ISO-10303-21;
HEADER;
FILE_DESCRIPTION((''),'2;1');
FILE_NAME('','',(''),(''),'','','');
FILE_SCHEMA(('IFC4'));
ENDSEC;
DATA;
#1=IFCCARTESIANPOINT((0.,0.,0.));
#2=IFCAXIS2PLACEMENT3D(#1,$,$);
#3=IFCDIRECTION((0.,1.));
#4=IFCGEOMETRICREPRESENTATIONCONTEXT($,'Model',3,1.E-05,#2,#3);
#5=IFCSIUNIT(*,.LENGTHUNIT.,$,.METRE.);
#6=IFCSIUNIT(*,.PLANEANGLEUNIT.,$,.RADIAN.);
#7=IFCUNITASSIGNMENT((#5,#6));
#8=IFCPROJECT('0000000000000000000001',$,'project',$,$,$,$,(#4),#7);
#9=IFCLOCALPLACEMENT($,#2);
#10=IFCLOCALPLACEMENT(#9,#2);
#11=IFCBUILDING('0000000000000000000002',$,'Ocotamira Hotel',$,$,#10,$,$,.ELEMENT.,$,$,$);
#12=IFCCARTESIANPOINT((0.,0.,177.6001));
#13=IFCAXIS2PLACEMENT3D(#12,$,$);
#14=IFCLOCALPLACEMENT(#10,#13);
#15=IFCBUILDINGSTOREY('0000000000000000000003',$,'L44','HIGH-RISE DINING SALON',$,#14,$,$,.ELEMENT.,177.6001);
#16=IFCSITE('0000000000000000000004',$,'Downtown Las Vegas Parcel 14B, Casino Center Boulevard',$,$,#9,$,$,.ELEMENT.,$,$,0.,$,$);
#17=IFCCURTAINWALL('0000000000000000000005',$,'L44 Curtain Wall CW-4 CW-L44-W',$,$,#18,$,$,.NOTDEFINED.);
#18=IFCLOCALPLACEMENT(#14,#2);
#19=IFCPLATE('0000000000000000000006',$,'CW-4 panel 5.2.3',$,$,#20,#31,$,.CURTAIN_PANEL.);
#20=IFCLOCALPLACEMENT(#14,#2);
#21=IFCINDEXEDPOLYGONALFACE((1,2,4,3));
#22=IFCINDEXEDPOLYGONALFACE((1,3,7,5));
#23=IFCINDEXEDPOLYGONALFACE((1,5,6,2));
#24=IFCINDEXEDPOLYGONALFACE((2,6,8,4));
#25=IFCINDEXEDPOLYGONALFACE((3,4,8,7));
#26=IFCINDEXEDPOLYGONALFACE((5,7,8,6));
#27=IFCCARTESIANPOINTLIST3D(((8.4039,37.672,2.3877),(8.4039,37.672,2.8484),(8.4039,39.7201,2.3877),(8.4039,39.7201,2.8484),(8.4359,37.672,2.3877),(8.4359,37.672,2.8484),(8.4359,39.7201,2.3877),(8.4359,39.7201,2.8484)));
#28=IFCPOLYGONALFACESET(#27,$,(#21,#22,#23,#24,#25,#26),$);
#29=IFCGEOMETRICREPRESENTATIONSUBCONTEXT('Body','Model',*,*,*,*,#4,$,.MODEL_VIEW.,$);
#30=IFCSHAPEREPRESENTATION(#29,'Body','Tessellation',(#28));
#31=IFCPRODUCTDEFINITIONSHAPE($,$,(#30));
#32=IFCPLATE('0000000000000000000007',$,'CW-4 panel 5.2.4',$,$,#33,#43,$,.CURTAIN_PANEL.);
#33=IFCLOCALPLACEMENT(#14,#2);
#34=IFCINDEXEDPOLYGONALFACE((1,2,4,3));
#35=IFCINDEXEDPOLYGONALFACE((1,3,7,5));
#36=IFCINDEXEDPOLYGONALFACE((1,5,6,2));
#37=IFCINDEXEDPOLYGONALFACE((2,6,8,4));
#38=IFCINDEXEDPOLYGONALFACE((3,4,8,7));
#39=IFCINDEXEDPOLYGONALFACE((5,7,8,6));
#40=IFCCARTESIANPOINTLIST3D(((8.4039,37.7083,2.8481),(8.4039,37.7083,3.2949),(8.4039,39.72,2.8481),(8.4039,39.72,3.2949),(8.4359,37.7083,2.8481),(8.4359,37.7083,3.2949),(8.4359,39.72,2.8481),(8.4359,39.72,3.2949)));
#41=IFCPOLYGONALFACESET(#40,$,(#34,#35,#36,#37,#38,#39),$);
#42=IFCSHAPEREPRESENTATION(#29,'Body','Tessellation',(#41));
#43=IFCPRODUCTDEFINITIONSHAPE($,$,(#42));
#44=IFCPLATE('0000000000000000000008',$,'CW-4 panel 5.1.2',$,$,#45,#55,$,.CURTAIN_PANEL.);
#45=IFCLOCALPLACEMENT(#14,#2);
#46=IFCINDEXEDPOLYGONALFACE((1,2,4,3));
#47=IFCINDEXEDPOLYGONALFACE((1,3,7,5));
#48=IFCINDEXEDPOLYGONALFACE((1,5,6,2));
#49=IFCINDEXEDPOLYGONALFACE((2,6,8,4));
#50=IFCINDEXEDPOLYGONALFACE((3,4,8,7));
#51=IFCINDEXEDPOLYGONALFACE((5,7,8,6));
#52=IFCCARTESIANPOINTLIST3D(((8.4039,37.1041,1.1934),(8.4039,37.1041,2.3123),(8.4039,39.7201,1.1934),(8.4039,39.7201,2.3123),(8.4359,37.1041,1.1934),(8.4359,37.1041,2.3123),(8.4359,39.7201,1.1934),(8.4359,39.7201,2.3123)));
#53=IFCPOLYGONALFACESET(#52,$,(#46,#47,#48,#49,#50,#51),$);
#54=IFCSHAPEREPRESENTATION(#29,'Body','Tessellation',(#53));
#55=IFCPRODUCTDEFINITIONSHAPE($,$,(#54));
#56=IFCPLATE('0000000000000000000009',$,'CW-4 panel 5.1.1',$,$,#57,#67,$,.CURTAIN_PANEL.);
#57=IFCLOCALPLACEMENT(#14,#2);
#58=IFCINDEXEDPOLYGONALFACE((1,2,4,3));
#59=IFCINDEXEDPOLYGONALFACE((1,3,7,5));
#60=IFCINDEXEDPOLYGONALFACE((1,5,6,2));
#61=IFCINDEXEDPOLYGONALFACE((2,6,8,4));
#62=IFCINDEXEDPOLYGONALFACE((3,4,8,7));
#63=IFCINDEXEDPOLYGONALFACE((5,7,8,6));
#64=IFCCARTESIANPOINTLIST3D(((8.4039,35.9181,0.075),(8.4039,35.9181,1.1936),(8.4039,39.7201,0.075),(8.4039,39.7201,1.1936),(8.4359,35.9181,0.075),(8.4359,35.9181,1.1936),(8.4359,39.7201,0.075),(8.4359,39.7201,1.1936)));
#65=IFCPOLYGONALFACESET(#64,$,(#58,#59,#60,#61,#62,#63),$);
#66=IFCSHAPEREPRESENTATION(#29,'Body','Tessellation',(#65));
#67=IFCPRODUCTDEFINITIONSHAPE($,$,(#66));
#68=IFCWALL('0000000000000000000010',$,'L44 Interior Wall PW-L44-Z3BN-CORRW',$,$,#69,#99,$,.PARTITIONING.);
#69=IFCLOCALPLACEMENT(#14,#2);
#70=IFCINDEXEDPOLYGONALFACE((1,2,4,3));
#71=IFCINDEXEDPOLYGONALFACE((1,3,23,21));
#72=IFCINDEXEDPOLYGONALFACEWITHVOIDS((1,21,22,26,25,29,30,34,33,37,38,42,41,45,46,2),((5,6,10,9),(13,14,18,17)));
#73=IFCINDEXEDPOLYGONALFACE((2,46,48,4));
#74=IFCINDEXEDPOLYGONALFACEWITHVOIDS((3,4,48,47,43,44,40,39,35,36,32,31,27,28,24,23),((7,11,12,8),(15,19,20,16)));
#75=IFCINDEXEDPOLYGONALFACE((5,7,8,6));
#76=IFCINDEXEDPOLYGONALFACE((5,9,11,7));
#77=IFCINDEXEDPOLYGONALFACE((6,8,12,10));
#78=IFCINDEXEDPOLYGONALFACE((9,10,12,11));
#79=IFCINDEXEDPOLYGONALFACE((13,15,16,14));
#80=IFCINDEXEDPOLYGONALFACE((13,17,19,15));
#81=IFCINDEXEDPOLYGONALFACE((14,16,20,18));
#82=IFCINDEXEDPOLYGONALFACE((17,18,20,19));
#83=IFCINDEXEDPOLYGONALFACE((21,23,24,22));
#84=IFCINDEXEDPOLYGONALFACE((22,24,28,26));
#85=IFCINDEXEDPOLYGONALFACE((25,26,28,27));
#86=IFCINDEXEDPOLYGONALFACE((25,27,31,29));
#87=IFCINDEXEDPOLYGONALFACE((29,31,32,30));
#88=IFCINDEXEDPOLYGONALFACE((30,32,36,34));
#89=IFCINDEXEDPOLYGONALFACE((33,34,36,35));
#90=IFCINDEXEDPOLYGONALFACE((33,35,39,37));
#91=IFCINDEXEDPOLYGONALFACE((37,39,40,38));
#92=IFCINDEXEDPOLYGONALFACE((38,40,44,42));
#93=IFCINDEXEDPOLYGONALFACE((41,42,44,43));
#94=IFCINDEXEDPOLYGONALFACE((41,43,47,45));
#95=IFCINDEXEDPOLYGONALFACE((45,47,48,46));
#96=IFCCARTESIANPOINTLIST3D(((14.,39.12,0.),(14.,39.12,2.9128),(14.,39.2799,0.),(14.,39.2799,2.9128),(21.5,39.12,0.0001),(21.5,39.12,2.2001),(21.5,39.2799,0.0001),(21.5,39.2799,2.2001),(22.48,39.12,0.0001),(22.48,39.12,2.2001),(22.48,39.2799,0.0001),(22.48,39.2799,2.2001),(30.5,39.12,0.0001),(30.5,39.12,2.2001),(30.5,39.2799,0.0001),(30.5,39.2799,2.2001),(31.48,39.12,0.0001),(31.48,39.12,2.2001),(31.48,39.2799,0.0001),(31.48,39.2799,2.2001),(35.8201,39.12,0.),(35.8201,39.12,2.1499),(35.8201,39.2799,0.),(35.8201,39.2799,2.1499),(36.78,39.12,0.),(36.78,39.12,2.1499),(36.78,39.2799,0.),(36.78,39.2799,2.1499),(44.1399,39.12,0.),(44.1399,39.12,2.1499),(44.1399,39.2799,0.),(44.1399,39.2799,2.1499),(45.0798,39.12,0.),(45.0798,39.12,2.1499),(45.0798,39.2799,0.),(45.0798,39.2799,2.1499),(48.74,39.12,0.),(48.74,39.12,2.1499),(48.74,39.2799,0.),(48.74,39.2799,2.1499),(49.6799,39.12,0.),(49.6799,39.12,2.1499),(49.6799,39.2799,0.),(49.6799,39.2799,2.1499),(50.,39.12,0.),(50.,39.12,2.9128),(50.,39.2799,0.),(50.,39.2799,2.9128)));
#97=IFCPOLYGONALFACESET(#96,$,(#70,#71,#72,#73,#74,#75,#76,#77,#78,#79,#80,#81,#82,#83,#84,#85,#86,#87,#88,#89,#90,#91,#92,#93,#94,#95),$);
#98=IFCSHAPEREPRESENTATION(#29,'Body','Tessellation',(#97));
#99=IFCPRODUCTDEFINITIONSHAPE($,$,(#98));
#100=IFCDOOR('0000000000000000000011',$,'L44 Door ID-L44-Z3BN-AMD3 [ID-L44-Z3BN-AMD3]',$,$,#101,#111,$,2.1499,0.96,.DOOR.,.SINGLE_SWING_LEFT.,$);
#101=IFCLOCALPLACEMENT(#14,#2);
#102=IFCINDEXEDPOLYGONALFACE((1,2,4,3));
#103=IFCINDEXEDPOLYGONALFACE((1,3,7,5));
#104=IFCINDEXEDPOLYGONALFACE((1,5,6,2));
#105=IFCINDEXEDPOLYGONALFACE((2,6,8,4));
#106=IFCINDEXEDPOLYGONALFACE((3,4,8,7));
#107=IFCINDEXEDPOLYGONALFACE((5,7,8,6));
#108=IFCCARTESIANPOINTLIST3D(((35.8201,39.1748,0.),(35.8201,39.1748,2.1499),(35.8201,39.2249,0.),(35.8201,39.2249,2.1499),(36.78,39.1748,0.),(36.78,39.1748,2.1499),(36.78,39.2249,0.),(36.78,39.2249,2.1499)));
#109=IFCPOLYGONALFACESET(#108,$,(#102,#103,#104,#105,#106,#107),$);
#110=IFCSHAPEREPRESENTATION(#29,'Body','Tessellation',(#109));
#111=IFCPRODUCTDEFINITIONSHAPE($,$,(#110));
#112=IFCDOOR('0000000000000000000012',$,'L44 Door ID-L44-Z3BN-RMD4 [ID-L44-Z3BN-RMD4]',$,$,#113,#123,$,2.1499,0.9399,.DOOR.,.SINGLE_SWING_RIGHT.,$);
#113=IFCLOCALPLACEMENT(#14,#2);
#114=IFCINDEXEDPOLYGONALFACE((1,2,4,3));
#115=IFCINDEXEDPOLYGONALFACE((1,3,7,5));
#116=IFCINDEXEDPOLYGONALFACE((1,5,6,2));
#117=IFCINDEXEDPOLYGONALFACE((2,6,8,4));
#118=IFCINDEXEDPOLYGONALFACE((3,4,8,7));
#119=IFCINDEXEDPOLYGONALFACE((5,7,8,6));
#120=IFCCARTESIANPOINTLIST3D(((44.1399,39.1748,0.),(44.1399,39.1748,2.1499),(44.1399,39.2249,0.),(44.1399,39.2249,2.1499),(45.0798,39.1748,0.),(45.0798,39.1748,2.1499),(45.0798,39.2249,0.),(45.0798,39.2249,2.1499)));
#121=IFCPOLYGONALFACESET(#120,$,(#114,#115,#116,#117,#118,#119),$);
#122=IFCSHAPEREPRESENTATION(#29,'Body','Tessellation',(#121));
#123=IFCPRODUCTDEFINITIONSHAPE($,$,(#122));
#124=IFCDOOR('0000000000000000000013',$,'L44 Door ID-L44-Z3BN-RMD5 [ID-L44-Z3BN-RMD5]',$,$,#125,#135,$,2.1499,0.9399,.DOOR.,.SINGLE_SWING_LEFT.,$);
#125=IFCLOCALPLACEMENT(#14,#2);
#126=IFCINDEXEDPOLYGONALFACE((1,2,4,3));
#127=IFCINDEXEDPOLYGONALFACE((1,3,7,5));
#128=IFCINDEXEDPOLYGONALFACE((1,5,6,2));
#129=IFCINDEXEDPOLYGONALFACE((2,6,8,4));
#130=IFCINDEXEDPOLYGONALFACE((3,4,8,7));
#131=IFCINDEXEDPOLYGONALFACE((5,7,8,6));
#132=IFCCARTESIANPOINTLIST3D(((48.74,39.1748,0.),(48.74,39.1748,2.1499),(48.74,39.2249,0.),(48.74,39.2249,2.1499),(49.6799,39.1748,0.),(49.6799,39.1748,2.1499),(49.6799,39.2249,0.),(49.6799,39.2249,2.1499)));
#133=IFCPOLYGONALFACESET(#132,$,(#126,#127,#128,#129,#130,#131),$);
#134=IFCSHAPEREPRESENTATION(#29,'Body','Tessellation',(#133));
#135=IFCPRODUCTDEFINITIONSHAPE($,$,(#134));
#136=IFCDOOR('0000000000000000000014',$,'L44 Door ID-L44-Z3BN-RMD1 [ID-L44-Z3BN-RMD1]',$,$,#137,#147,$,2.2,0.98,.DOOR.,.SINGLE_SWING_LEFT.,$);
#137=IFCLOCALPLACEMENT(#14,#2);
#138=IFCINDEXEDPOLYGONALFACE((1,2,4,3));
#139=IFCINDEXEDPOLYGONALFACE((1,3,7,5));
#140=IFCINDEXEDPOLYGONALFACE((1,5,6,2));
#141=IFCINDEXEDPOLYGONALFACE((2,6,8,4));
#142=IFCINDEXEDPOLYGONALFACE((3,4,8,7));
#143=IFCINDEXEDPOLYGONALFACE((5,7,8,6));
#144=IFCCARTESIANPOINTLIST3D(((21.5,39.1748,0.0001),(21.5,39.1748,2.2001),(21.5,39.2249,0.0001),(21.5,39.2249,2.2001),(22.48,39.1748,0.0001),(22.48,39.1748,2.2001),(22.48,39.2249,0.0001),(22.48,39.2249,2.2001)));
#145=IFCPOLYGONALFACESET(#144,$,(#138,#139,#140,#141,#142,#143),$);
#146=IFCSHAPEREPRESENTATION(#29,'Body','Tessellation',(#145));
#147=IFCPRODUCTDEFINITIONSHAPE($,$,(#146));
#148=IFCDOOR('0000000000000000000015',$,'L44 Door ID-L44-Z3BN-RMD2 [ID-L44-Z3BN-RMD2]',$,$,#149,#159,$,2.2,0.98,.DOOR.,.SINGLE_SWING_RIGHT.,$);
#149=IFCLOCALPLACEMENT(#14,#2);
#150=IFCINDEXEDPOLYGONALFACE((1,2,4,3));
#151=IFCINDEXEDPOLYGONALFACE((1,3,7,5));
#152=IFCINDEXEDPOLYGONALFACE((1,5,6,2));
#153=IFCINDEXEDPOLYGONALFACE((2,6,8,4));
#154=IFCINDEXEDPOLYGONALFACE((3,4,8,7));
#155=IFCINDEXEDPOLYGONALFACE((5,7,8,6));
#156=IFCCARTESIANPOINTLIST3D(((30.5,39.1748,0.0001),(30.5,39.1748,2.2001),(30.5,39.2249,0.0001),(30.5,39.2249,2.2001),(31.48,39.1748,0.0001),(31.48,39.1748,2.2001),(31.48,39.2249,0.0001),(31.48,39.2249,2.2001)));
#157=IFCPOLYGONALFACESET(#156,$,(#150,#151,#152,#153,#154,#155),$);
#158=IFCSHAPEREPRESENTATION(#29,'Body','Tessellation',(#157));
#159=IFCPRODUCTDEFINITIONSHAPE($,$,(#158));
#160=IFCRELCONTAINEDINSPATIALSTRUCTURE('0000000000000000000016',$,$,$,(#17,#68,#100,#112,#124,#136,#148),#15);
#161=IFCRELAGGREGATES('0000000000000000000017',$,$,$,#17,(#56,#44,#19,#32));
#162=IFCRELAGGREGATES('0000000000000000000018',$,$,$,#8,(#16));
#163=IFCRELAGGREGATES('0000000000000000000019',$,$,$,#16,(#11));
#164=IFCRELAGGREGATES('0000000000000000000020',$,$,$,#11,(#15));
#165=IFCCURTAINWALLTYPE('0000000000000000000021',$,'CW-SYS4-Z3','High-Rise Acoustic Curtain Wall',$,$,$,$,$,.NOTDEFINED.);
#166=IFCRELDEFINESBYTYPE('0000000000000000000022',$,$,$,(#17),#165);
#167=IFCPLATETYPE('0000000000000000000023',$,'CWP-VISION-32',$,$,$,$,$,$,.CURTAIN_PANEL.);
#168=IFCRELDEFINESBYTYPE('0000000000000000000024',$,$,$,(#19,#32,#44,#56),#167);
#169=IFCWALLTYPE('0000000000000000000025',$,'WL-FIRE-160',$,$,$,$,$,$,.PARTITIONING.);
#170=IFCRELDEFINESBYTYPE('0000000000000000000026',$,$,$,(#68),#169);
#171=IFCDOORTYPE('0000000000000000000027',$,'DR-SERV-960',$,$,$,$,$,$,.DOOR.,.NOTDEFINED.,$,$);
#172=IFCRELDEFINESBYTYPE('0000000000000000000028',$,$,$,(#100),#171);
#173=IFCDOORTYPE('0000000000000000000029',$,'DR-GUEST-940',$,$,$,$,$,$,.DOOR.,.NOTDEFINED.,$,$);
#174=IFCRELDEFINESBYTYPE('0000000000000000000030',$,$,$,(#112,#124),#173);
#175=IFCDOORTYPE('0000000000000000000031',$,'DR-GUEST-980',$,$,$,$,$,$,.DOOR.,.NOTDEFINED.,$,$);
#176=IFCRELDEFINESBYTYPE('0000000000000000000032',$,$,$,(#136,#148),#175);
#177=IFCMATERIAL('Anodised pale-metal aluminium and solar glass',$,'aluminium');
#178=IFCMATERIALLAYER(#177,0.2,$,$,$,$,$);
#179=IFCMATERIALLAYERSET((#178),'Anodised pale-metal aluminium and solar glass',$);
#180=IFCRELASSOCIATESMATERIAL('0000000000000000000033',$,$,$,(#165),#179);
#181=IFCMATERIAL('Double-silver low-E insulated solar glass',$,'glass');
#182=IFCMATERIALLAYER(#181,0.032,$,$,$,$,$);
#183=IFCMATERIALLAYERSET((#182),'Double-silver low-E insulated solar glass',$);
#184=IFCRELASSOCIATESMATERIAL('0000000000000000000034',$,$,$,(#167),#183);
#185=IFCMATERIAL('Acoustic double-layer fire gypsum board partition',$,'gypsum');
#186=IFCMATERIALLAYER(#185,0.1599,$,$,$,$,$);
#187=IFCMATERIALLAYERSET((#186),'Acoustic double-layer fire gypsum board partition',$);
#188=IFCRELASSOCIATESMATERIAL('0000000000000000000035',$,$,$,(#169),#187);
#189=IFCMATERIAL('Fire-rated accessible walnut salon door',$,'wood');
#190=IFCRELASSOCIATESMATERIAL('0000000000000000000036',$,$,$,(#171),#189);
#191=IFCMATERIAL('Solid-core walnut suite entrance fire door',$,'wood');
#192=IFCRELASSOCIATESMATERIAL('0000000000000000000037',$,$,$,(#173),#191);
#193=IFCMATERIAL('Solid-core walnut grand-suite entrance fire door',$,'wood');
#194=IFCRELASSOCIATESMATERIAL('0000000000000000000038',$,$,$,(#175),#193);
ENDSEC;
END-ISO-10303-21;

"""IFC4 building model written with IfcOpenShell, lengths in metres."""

from ifc_helpers import new_model, si_unit, direction, frame, frame_2d, origin, origin_2d, place, context, subcontext, project, spatial, rectangle, extrude, source, transform, mapped, material, layer, layer_set, type_object, element, fill, aggregate, save


model = new_model("IFC4")

# Units and contexts
model_context = context("Model", 3, precision=1e-05, world=origin(), true_north=direction((0.0, 1.0)))
body_context = subcontext(model_context, "Body", "Model", "MODEL_VIEW")
ifc_project = project(units=[si_unit("LENGTHUNIT", "METRE"), si_unit("PLANEANGLEUNIT", "RADIAN")], contexts=[model_context])

# Site, building, storey
site_placement = place(None, origin())
site = spatial("IfcSite", under=ifc_project, at=site_placement, Name="Downtown Las Vegas Parcel 14B, Casino Center Boulevard", CompositionType="ELEMENT", RefElevation=0.0)
building_placement = place(site_placement, origin())
building = spatial("IfcBuilding", under=site, at=building_placement, Name="Ocotamira Hotel", CompositionType="ELEMENT")
storey_placement = place(building_placement, frame((0.0, 0.0, 177.6001)))
storey = spatial("IfcBuildingStorey", under=building, at=storey_placement, Name="L44", Description="HIGH-RISE DINING SALON", CompositionType="ELEMENT", Elevation=177.6001)

# Curtain wall
ifc_material_1 = material(Name="Anodised pale-metal aluminium and solar glass", Category="aluminium")
ifc_layer_1 = layer(ifc_material_1, 0.2)
ifc_layer_set_1 = layer_set([ifc_layer_1], Name="Anodised pale-metal aluminium and solar glass")
curtain_wall_type = type_object("IfcCurtainWallType", Name="CW-SYS4-Z3", Description="High-Rise Acoustic Curtain Wall", PredefinedType="NOTDEFINED", material=ifc_layer_set_1)
curtain_wall_placement = place(storey_placement, origin())
curtain_wall = element("IfcCurtainWall", 1, at=curtain_wall_placement, inside=storey, type_object=curtain_wall_type, Name="L44 Curtain Wall CW-4 CW-L44-W", PredefinedType="NOTDEFINED")

# Plates
ifc_material_2 = material(Name="Double-silver low-E insulated solar glass", Category="glass")
ifc_layer_2 = layer(ifc_material_2, 0.032)
ifc_layer_set_2 = layer_set([ifc_layer_2], Name="Double-silver low-E insulated solar glass")
plate_type_1 = type_object("IfcPlateType", Name="CWP-VISION-32", PredefinedType="CURTAIN_PANEL", material=ifc_layer_set_2)
shared_shape_1 = source(origin(), body_context, "Body", "SweptSolid", [
    extrude(rectangle(XDim=2.0481, YDim=0.032, at=origin_2d()), origin(), (0.0, 0.0, 1.0), 0.4607),
])
plate_1_placement = place(storey_placement, frame((8.4199, 38.696, 2.3877), z_axis=(0.0, 0.0, 1.0), x_axis=(0.0, 1.0, 0.0)))
plate_1 = element("IfcPlate", 2, at=plate_1_placement, type_object=plate_type_1, Name="CW-4 panel 5.2.3", PredefinedType="CURTAIN_PANEL", context=body_context, shape_type="MappedRepresentation", body=[
    mapped(shared_shape_1, transform((0.0, 0.0, 0.0), scale=1.0)),
])
shared_shape_2 = source(origin(), body_context, "Body", "SweptSolid", [
    extrude(rectangle(XDim=2.0117, YDim=0.032, at=origin_2d()), origin(), (0.0, 0.0, 1.0), 0.4468),
])
plate_2_placement = place(storey_placement, frame((8.4199, 38.7141, 2.8481), z_axis=(0.0, 0.0, 1.0), x_axis=(0.0, 1.0, 0.0)))
plate_2 = element("IfcPlate", 3, at=plate_2_placement, type_object=plate_type_1, Name="CW-4 panel 5.2.4", PredefinedType="CURTAIN_PANEL", context=body_context, shape_type="MappedRepresentation", body=[
    mapped(shared_shape_2, transform((0.0, 0.0, 0.0), scale=1.0)),
])
shared_shape_3 = source(origin(), body_context, "Body", "SweptSolid", [
    extrude(rectangle(XDim=2.616, YDim=0.032, at=origin_2d()), origin(), (0.0, 0.0, 1.0), 1.1189),
])
plate_3_placement = place(storey_placement, frame((8.4199, 38.4121, 1.1934), z_axis=(0.0, 0.0, 1.0), x_axis=(0.0, 1.0, 0.0)))
plate_3 = element("IfcPlate", 4, at=plate_3_placement, type_object=plate_type_1, Name="CW-4 panel 5.1.2", PredefinedType="CURTAIN_PANEL", context=body_context, shape_type="MappedRepresentation", body=[
    mapped(shared_shape_3, transform((0.0, 0.0, 0.0), scale=1.0)),
])
shared_shape_4 = source(origin(), body_context, "Body", "SweptSolid", [
    extrude(rectangle(XDim=3.802, YDim=0.032, at=origin_2d()), origin(), (0.0, 0.0, 1.0), 1.1187),
])
plate_4_placement = place(storey_placement, frame((8.4199, 37.8191, 0.075), z_axis=(0.0, 0.0, 1.0), x_axis=(0.0, 1.0, 0.0)))
plate_4 = element("IfcPlate", 5, at=plate_4_placement, type_object=plate_type_1, Name="CW-4 panel 5.1.1", PredefinedType="CURTAIN_PANEL", context=body_context, shape_type="MappedRepresentation", body=[
    mapped(shared_shape_4, transform((0.0, 0.0, 0.0), scale=1.0)),
])
aggregate(curtain_wall, [plate_4, plate_3, plate_1, plate_2])

# Shared definitions
ifc_material_3 = material(Name="Acoustic double-layer fire gypsum board partition", Category="gypsum")
ifc_layer_3 = layer(ifc_material_3, 0.1599)
ifc_layer_set_3 = layer_set([ifc_layer_3], Name="Acoustic double-layer fire gypsum board partition")
wall_type_1 = type_object("IfcWallType", Name="WL-FIRE-160", PredefinedType="PARTITIONING", material=ifc_layer_set_3)
ifc_material_4 = material(Name="Fire-rated accessible walnut salon door", Category="wood")
door_type_1 = type_object("IfcDoorType", Name="DR-SERV-960", OperationType="NOTDEFINED", PredefinedType="DOOR", material=ifc_material_4)
shared_shape_5 = source(origin(), body_context, "Body", "SweptSolid", [
    extrude(rectangle(XDim=0.96, YDim=2.1499, at=frame_2d((0.48, 1.075))), frame((0.0, 0.0249, 0.0), z_axis=(0.0, -1.0, 0.0), x_axis=(1.0, 0.0, 0.0)), (0.0, 0.0, 1.0), 0.05),
])

# Wall, openings, doors
wall_1_placement = place(storey_placement, frame((14.0, 39.2, 0.0), z_axis=(0.0, 0.0, 1.0), x_axis=(1.0, 0.0, 0.0)))
wall_1 = element("IfcWall", 6, at=wall_1_placement, inside=storey, type_object=wall_type_1, Name="L44 Interior Wall PW-L44-Z3BN-CORRW", PredefinedType="PARTITIONING", context=body_context, shape_type="SweptSolid", body=[
    extrude(rectangle(XDim=36.0, YDim=0.1599, at=frame_2d((18.0, 0.0))), origin(), (0.0, 0.0, 1.0), 2.9128),
])
opening_1_placement = place(wall_1_placement, frame((7.5, 0.0, 0.0)))
opening_1 = element("IfcOpeningElement", 7, at=opening_1_placement, cuts=wall_1, PredefinedType="OPENING", context=body_context, shape_type="SweptSolid", body=[
    extrude(rectangle(XDim=0.98, YDim=2.2, at=frame_2d((0.49, 1.1001))), frame((0.0, 0.0898, 0.0), z_axis=(0.0, -1.0, 0.0), x_axis=(1.0, 0.0, 0.0)), (0.0, 0.0, 1.0), 0.1799),
])
opening_2_placement = place(wall_1_placement, frame((16.5, 0.0, 0.0)))
opening_2 = element("IfcOpeningElement", 8, at=opening_2_placement, cuts=wall_1, PredefinedType="OPENING", context=body_context, shape_type="SweptSolid", body=[
    extrude(rectangle(XDim=0.98, YDim=2.2, at=frame_2d((0.49, 1.1001))), frame((0.0, 0.0898, 0.0), z_axis=(0.0, -1.0, 0.0), x_axis=(1.0, 0.0, 0.0)), (0.0, 0.0, 1.0), 0.1799),
])
opening_3_placement = place(wall_1_placement, frame((21.8201, 0.0, 0.0)))
opening_3 = element("IfcOpeningElement", 9, at=opening_3_placement, cuts=wall_1, PredefinedType="OPENING", context=body_context, shape_type="SweptSolid", body=[
    extrude(rectangle(XDim=0.96, YDim=2.1499, at=frame_2d((0.48, 1.075))), frame((0.0, 0.0898, 0.0), z_axis=(0.0, -1.0, 0.0), x_axis=(1.0, 0.0, 0.0)), (0.0, 0.0, 1.0), 0.1799),
])
opening_4_placement = place(wall_1_placement, frame((30.1399, 0.0, 0.0)))
opening_4 = element("IfcOpeningElement", 10, at=opening_4_placement, cuts=wall_1, PredefinedType="OPENING", context=body_context, shape_type="SweptSolid", body=[
    extrude(rectangle(XDim=0.9399, YDim=2.1499, at=frame_2d((0.47, 1.075))), frame((0.0, 0.0898, 0.0), z_axis=(0.0, -1.0, 0.0), x_axis=(1.0, 0.0, 0.0)), (0.0, 0.0, 1.0), 0.1799),
])
opening_5_placement = place(wall_1_placement, frame((34.74, 0.0, 0.0)))
opening_5 = element("IfcOpeningElement", 11, at=opening_5_placement, cuts=wall_1, PredefinedType="OPENING", context=body_context, shape_type="SweptSolid", body=[
    extrude(rectangle(XDim=0.9399, YDim=2.1499, at=frame_2d((0.47, 1.075))), frame((0.0, 0.0898, 0.0), z_axis=(0.0, -1.0, 0.0), x_axis=(1.0, 0.0, 0.0)), (0.0, 0.0, 1.0), 0.1799),
])
door_1_placement = place(opening_3_placement, origin())
door_1 = element("IfcDoor", 12, at=door_1_placement, inside=storey, type_object=door_type_1, Name="L44 Door ID-L44-Z3BN-AMD3 [ID-L44-Z3BN-AMD3]", OperationType="SINGLE_SWING_LEFT", OverallHeight=2.1499, OverallWidth=0.96, PredefinedType="DOOR", context=body_context, shape_type="MappedRepresentation", body=[
    mapped(shared_shape_5, transform((0.0, 0.0, 0.0), scale=1.0)),
])
fill(opening_3, door_1)
ifc_material_5 = material(Name="Solid-core walnut suite entrance fire door", Category="wood")
door_type_2 = type_object("IfcDoorType", Name="DR-GUEST-940", OperationType="NOTDEFINED", PredefinedType="DOOR", material=ifc_material_5)
shared_shape_6 = source(origin(), body_context, "Body", "SweptSolid", [
    extrude(rectangle(XDim=0.9399, YDim=2.1499, at=frame_2d((0.47, 1.075))), frame((0.0, 0.0249, 0.0), z_axis=(0.0, -1.0, 0.0), x_axis=(1.0, 0.0, 0.0)), (0.0, 0.0, 1.0), 0.05),
])
door_2_placement = place(opening_4_placement, origin())
door_2 = element("IfcDoor", 13, at=door_2_placement, inside=storey, type_object=door_type_2, Name="L44 Door ID-L44-Z3BN-RMD4 [ID-L44-Z3BN-RMD4]", OperationType="SINGLE_SWING_RIGHT", OverallHeight=2.1499, OverallWidth=0.9399, PredefinedType="DOOR", context=body_context, shape_type="MappedRepresentation", body=[
    mapped(shared_shape_6, transform((0.0, 0.0, 0.0), scale=1.0)),
])
fill(opening_4, door_2)
door_3_placement = place(opening_5_placement, origin())
door_3 = element("IfcDoor", 14, at=door_3_placement, inside=storey, type_object=door_type_2, Name="L44 Door ID-L44-Z3BN-RMD5 [ID-L44-Z3BN-RMD5]", OperationType="SINGLE_SWING_LEFT", OverallHeight=2.1499, OverallWidth=0.9399, PredefinedType="DOOR", context=body_context, shape_type="MappedRepresentation", body=[
    mapped(shared_shape_6, transform((0.0, 0.0, 0.0), scale=1.0)),
])
fill(opening_5, door_3)
ifc_material_6 = material(Name="Solid-core walnut grand-suite entrance fire door", Category="wood")
door_type_3 = type_object("IfcDoorType", Name="DR-GUEST-980", OperationType="NOTDEFINED", PredefinedType="DOOR", material=ifc_material_6)
shared_shape_7 = source(origin(), body_context, "Body", "SweptSolid", [
    extrude(rectangle(XDim=0.98, YDim=2.2, at=frame_2d((0.49, 1.1001))), frame((0.0, 0.0249, 0.0), z_axis=(0.0, -1.0, 0.0), x_axis=(1.0, 0.0, 0.0)), (0.0, 0.0, 1.0), 0.05),
])
door_4_placement = place(opening_1_placement, origin())
door_4 = element("IfcDoor", 15, at=door_4_placement, inside=storey, type_object=door_type_3, Name="L44 Door ID-L44-Z3BN-RMD1 [ID-L44-Z3BN-RMD1]", OperationType="SINGLE_SWING_LEFT", OverallHeight=2.2, OverallWidth=0.98, PredefinedType="DOOR", context=body_context, shape_type="MappedRepresentation", body=[
    mapped(shared_shape_7, transform((0.0, 0.0, 0.0), scale=1.0)),
])
fill(opening_1, door_4)
door_5_placement = place(opening_2_placement, origin())
door_5 = element("IfcDoor", 16, at=door_5_placement, inside=storey, type_object=door_type_3, Name="L44 Door ID-L44-Z3BN-RMD2 [ID-L44-Z3BN-RMD2]", OperationType="SINGLE_SWING_RIGHT", OverallHeight=2.2, OverallWidth=0.98, PredefinedType="DOOR", context=body_context, shape_type="MappedRepresentation", body=[
    mapped(shared_shape_7, transform((0.0, 0.0, 0.0), scale=1.0)),
])
fill(opening_2, door_5)

save(model, "model.ifc")
